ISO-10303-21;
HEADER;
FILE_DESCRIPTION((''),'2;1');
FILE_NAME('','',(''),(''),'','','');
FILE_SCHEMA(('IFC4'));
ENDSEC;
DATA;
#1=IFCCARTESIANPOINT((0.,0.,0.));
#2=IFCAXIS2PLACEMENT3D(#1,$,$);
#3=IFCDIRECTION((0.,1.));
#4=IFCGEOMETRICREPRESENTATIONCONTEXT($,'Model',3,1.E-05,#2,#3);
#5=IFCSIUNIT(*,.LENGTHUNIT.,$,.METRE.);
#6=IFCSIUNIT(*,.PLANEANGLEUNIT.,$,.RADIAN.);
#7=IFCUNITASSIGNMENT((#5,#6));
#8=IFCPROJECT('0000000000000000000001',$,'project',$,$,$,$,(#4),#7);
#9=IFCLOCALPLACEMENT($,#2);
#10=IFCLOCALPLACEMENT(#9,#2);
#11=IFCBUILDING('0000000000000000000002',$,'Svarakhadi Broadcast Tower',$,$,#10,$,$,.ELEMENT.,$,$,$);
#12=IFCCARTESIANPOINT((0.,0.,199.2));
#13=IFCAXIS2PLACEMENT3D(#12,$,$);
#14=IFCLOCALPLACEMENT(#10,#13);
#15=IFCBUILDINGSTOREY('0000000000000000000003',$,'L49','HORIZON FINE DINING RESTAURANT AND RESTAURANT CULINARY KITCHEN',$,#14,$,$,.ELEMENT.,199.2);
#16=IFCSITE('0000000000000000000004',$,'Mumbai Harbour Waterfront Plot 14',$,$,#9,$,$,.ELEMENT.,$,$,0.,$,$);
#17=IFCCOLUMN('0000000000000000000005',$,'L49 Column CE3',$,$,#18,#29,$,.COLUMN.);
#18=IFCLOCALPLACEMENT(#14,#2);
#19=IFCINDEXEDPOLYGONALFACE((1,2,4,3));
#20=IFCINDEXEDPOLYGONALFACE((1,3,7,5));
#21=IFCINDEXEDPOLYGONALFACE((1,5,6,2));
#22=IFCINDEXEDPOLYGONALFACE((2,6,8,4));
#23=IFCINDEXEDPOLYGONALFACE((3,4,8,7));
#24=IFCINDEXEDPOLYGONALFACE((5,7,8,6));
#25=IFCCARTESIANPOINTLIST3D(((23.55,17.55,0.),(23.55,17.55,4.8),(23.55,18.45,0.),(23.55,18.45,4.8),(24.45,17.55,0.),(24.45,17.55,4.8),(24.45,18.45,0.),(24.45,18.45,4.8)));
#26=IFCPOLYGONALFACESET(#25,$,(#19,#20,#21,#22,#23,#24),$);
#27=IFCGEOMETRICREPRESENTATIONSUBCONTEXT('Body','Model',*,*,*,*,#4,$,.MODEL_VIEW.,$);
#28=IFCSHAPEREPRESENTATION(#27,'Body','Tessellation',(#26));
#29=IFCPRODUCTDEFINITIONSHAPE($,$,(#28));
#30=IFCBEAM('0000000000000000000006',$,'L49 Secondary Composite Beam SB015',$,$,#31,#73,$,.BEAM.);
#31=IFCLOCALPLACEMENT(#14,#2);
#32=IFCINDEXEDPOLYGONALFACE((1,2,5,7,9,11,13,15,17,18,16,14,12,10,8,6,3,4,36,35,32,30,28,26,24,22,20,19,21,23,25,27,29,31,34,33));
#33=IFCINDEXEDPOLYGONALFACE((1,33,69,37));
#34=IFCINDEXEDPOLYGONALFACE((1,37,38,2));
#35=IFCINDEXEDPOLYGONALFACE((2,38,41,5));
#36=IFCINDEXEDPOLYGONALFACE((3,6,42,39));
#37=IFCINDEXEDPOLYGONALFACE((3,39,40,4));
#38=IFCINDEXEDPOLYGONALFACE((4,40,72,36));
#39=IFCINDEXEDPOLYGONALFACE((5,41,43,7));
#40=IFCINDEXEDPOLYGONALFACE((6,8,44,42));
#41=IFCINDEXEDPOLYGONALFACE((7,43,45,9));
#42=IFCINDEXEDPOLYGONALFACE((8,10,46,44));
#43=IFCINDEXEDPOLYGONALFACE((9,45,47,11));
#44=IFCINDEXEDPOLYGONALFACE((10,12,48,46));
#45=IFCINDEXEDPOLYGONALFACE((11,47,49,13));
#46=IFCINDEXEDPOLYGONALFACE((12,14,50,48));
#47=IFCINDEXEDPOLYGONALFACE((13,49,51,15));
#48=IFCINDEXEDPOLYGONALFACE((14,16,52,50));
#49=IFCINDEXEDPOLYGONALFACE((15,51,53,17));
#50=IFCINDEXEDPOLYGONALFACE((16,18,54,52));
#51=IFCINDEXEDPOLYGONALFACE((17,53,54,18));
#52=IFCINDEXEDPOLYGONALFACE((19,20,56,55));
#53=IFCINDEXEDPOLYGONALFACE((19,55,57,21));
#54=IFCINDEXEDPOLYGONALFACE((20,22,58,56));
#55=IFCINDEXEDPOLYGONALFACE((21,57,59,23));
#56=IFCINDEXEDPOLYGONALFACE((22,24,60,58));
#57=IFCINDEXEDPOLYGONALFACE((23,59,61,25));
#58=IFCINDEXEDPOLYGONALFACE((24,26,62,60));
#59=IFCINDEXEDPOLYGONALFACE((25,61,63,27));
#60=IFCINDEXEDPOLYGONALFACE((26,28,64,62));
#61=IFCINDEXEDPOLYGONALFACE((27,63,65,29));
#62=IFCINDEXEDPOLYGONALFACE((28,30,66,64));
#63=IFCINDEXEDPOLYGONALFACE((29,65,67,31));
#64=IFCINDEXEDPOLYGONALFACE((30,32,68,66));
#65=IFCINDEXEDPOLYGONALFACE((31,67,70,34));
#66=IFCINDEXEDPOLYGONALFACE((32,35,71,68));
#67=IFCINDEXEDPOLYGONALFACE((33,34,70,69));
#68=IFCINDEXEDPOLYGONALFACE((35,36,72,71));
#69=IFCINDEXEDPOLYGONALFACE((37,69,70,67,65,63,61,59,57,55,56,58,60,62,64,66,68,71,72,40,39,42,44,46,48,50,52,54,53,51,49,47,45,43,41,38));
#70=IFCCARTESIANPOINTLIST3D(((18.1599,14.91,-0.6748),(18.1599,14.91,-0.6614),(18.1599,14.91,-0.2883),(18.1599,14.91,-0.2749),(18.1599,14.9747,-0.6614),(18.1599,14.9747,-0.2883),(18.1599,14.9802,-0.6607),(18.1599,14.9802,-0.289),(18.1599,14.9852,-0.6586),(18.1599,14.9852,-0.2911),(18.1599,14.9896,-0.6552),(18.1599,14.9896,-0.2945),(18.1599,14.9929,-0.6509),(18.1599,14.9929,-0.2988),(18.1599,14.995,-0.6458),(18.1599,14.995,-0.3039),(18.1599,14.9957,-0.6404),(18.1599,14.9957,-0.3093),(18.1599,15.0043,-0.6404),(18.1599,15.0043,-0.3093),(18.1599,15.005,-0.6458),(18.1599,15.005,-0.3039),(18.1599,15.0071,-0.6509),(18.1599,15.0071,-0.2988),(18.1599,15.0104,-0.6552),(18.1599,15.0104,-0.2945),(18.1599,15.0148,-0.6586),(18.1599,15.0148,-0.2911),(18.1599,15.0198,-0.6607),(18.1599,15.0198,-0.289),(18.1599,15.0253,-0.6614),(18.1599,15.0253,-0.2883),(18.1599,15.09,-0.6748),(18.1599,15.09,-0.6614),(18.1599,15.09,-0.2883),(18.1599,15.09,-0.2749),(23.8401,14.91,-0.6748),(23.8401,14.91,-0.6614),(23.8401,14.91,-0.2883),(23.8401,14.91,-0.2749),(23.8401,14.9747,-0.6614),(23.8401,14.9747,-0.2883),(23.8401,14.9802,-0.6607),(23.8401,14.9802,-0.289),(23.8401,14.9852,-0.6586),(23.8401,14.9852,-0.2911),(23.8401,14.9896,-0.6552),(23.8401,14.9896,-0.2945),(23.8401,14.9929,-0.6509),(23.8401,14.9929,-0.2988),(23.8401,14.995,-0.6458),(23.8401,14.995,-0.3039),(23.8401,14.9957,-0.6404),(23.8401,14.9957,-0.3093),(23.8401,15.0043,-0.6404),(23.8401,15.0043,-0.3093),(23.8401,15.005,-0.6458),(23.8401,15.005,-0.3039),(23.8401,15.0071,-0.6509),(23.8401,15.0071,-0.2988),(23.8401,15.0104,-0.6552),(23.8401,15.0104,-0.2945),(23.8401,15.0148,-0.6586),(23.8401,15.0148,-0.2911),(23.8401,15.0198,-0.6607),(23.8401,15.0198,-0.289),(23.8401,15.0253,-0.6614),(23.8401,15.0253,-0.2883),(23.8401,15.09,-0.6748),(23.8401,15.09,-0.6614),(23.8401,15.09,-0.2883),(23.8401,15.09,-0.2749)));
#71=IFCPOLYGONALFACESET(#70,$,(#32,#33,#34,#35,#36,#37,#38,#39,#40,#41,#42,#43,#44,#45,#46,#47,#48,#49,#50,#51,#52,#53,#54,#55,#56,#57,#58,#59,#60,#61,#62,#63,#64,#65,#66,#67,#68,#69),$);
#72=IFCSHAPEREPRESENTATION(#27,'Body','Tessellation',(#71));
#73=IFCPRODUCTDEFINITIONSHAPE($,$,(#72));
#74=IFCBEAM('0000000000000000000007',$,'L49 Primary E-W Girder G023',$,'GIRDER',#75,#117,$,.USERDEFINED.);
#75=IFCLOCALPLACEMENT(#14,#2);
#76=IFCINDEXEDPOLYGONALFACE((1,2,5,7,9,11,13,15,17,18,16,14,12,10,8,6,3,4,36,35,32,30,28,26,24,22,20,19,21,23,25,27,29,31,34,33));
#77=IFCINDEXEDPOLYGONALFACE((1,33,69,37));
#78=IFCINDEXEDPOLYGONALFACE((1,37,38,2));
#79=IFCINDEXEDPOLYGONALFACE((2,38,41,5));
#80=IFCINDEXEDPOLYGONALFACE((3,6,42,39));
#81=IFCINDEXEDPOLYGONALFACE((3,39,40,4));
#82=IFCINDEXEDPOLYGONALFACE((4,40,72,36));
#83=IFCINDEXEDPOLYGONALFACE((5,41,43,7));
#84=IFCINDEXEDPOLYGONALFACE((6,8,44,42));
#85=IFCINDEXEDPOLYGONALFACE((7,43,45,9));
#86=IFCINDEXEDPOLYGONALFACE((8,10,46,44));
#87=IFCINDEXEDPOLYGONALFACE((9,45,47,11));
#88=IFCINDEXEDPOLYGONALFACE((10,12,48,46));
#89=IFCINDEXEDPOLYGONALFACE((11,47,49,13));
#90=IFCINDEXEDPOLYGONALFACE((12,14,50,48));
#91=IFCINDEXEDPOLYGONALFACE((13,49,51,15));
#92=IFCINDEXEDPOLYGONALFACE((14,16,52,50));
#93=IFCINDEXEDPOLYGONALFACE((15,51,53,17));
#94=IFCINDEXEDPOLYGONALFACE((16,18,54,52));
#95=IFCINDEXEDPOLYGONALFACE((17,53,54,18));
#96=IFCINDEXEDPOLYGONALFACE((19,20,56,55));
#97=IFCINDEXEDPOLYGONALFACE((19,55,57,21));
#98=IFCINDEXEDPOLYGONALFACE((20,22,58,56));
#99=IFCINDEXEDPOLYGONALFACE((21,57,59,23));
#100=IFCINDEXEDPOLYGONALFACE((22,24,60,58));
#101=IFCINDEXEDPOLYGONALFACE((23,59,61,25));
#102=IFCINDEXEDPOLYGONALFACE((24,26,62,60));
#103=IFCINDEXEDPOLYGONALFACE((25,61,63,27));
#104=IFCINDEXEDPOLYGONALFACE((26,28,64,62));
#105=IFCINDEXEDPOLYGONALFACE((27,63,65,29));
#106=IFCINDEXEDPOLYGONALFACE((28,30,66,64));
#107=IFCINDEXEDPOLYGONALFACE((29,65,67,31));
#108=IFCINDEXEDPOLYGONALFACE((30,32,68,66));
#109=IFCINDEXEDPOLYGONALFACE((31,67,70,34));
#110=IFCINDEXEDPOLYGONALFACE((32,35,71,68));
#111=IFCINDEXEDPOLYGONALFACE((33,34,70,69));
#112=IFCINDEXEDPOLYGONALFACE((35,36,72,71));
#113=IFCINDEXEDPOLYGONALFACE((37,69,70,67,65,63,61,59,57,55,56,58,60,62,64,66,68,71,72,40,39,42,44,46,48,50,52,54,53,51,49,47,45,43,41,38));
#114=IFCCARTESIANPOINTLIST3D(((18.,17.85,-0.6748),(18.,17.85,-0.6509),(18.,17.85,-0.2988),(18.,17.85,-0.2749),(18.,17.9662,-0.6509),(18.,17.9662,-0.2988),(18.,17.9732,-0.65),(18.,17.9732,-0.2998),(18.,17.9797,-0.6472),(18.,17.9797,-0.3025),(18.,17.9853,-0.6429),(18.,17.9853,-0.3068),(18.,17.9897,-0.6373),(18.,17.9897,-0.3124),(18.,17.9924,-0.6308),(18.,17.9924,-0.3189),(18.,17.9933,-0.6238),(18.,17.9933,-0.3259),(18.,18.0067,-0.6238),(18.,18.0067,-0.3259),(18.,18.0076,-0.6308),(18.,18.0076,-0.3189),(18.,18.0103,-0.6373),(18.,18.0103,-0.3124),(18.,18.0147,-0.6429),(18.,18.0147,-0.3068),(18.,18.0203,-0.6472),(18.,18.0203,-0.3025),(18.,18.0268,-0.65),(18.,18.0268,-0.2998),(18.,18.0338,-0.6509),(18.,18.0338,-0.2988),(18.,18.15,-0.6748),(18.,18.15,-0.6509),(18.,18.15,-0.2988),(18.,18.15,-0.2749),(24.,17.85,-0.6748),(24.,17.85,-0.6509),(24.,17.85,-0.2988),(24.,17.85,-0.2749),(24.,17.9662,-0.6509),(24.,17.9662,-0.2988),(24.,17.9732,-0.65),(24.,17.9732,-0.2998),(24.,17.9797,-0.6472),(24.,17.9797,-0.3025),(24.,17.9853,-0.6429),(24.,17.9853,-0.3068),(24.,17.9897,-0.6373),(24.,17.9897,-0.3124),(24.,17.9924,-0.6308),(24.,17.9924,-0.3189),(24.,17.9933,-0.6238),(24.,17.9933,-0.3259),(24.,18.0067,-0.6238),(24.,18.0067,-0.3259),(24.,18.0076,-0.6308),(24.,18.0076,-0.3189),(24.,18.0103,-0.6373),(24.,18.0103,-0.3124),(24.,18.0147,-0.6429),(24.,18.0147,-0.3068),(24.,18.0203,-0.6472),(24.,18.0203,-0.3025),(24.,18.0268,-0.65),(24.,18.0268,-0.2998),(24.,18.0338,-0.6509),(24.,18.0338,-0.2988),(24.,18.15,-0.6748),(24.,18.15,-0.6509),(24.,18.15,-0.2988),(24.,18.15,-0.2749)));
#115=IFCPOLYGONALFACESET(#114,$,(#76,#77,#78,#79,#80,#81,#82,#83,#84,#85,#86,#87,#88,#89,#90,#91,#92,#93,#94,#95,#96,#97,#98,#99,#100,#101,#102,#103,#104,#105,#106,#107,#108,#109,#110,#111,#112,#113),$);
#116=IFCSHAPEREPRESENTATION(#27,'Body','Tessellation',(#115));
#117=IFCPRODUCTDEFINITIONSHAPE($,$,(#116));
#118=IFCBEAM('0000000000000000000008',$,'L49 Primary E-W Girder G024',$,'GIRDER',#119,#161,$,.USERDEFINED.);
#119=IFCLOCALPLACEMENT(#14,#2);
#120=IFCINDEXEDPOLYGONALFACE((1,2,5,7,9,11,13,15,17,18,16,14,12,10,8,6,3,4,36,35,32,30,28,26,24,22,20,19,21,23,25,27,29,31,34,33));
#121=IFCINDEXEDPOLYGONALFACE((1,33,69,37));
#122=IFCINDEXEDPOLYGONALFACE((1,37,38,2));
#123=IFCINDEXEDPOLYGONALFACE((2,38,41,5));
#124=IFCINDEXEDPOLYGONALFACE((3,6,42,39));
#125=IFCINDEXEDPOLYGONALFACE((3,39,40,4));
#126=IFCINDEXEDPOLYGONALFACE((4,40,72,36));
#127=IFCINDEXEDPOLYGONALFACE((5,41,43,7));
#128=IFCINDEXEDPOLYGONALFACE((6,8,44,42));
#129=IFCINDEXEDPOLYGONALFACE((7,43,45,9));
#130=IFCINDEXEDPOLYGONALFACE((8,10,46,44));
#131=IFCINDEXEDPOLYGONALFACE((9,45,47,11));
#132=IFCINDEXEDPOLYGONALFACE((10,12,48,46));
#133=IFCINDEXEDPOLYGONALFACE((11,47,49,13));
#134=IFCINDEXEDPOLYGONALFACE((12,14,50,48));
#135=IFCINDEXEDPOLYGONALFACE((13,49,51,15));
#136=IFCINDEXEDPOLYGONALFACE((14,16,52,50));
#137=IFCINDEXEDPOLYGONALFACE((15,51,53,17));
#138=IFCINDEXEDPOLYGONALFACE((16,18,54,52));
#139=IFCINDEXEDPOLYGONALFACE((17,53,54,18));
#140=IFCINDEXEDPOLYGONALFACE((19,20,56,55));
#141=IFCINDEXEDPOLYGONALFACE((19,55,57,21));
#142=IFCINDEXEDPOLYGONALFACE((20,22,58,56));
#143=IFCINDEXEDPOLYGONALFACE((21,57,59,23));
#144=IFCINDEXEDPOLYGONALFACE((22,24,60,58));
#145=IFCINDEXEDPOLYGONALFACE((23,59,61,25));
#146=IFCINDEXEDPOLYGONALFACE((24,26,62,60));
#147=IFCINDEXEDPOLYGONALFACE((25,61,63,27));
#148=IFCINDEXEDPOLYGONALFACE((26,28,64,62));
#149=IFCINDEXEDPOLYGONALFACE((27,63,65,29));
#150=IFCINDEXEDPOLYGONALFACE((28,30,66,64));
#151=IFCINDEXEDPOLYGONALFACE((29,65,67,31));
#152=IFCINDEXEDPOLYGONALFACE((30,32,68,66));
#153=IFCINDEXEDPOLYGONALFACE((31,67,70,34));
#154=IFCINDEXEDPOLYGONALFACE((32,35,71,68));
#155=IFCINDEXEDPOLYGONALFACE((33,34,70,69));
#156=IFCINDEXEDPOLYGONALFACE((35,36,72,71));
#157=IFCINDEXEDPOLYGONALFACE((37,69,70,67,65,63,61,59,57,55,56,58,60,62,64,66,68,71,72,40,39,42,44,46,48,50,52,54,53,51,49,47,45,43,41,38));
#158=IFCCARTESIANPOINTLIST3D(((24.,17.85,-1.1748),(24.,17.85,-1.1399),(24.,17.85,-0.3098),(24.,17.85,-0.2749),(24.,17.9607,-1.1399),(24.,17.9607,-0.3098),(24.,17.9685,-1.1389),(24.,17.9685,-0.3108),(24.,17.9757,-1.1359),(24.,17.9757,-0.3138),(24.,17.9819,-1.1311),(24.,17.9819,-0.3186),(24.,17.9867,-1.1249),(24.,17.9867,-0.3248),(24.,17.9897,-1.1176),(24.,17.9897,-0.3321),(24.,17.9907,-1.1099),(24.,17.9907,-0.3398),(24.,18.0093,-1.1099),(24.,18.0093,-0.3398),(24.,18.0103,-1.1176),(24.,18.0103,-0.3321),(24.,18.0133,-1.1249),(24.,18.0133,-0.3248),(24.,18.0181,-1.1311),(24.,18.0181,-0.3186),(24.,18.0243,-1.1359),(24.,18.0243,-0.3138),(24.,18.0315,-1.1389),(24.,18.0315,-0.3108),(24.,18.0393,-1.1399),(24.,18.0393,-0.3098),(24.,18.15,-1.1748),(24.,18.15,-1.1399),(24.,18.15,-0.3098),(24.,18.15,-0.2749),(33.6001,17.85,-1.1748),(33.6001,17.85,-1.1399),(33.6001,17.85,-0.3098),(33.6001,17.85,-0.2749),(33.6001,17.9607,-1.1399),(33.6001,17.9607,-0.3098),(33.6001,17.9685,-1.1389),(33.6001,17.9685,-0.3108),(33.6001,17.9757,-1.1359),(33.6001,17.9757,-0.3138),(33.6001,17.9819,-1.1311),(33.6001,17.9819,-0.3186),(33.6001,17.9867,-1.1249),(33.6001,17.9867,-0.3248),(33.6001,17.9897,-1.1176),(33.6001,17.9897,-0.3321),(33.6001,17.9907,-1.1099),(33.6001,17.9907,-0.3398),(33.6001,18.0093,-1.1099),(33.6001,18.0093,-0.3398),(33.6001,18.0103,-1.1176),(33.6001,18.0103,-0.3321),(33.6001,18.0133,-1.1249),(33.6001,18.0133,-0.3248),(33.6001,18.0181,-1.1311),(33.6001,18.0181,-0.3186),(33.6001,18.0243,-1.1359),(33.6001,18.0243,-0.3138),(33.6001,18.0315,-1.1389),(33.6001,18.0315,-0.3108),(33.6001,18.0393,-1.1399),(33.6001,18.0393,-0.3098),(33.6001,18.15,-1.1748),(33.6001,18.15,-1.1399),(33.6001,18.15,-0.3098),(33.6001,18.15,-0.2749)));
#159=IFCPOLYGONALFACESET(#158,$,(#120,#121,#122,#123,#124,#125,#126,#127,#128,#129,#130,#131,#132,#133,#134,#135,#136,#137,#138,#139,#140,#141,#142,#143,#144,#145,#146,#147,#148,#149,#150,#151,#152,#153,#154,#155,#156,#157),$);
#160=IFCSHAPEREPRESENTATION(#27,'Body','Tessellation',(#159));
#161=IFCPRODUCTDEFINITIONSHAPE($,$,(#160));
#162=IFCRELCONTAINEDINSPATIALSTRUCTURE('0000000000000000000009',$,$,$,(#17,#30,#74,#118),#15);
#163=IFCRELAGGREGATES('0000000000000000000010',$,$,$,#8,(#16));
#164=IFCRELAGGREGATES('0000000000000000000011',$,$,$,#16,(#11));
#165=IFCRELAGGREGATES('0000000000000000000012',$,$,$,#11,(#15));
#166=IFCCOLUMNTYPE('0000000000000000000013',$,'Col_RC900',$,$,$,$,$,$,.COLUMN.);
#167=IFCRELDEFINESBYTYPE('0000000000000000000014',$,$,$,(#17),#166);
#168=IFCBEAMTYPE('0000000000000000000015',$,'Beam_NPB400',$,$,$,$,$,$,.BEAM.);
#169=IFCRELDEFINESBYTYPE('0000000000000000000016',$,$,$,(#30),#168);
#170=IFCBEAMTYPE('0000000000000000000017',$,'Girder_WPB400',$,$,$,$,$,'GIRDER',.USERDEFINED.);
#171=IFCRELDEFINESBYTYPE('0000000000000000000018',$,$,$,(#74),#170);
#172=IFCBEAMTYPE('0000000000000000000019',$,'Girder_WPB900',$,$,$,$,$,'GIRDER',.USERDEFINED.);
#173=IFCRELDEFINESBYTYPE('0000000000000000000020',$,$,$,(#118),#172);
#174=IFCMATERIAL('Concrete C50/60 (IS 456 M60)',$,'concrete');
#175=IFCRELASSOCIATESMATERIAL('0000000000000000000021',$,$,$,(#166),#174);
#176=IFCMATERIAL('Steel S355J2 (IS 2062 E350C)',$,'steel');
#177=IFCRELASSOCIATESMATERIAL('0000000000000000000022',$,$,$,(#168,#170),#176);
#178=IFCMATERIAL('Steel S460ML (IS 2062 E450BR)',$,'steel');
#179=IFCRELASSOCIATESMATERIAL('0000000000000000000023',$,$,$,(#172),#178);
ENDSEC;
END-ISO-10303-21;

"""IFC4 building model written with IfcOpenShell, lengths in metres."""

from ifc_helpers import new_model, si_unit, direction, frame, origin, origin_2d, place, context, subcontext, project, spatial, rectangle, i_section, extrude, material, material_profile, profile_set, type_object, element, save


model = new_model("IFC4")

# Units and contexts
model_context = context("Model", 3, precision=1e-05, world=origin(), true_north=direction((0.0, 1.0)))
body_context = subcontext(model_context, "Body", "Model", "MODEL_VIEW")
ifc_project = project(units=[si_unit("LENGTHUNIT", "METRE"), si_unit("PLANEANGLEUNIT", "RADIAN")], contexts=[model_context])

# Site, building, storey
site_placement = place(None, origin())
site = spatial("IfcSite", under=ifc_project, at=site_placement, Name="Mumbai Harbour Waterfront Plot 14", CompositionType="ELEMENT", RefElevation=0.0)
building_placement = place(site_placement, origin())
building = spatial("IfcBuilding", under=site, at=building_placement, Name="Svarakhadi Broadcast Tower", CompositionType="ELEMENT")
storey_placement = place(building_placement, frame((0.0, 0.0, 199.2)))
storey = spatial("IfcBuildingStorey", under=building, at=storey_placement, Name="L49", Description="HORIZON FINE DINING RESTAURANT AND RESTAURANT CULINARY KITCHEN", CompositionType="ELEMENT", Elevation=199.2)

# Column
ifc_material_1 = material(Name="Concrete C50/60 (IS 456 M60)", Category="concrete")
ifc_material_profile_1 = material_profile(ifc_material_1, rectangle(XDim=0.8999, YDim=0.8999, at=origin_2d()), Name="RC 900x900")
ifc_profile_set_1 = profile_set([ifc_material_profile_1], Name="Concrete C50/60 (IS 456 M60)")
column_type = type_object("IfcColumnType", Name="Col_RC900", PredefinedType="COLUMN", material=ifc_profile_set_1)
column_placement = place(storey_placement, frame((24.0, 18.0, 0.0), z_axis=(0.0, 0.0, 1.0), x_axis=(1.0, 0.0, 0.0)))
element("IfcColumn", 1, at=column_placement, inside=storey, type_object=column_type, Name="L49 Column CE3", PredefinedType="COLUMN", context=body_context, shape_type="SweptSolid", body=[
    extrude(rectangle(XDim=0.8999, YDim=0.8999, at=origin_2d()), origin(), (0.0, 0.0, 1.0), 4.8),
])

# Beams
ifc_material_2 = material(Name="Steel S355J2 (IS 2062 E350C)", Category="steel")
ifc_material_profile_2 = material_profile(ifc_material_2, i_section(OverallWidth=0.1799, OverallDepth=0.3999, WebThickness=0.0085, FlangeThickness=0.0134, FilletRadius=0.021, at=origin_2d()), Name="NPB 400x180x66")
ifc_profile_set_2 = profile_set([ifc_material_profile_2], Name="Steel S355J2 (IS 2062 E350C)")
beam_type_1 = type_object("IfcBeamType", Name="Beam_NPB400", PredefinedType="BEAM", material=ifc_profile_set_2)
beam_1_placement = place(storey_placement, frame((18.1599, 15.0, -0.4749), z_axis=(1.0, 0.0, 0.0), x_axis=(0.0, 1.0, 0.0)))
element("IfcBeam", 2, at=beam_1_placement, inside=storey, type_object=beam_type_1, Name="L49 Secondary Composite Beam SB015", PredefinedType="BEAM", context=body_context, shape_type="SweptSolid", body=[
    extrude(i_section(OverallWidth=0.1799, OverallDepth=0.3999, WebThickness=0.0085, FlangeThickness=0.0134, FilletRadius=0.021, at=origin_2d()), origin(), (0.0, 0.0, 1.0), 5.6802),
])
ifc_material_profile_3 = material_profile(ifc_material_2, i_section(OverallWidth=0.3, OverallDepth=0.3999, WebThickness=0.0134, FlangeThickness=0.0239, FilletRadius=0.0271, at=origin_2d()), Name="WPB 400x300x155")
ifc_profile_set_3 = profile_set([ifc_material_profile_3], Name="Steel S355J2 (IS 2062 E350C)")
beam_type_2 = type_object("IfcBeamType", Name="Girder_WPB400", ElementType="GIRDER", PredefinedType="USERDEFINED", material=ifc_profile_set_3)
beam_2_placement = place(storey_placement, frame((18.0, 18.0, -0.4749), z_axis=(1.0, 0.0, 0.0), x_axis=(0.0, 1.0, 0.0)))
element("IfcBeam", 3, at=beam_2_placement, inside=storey, type_object=beam_type_2, Name="L49 Primary E-W Girder G023", ObjectType="GIRDER", PredefinedType="USERDEFINED", context=body_context, shape_type="SweptSolid", body=[
    extrude(i_section(OverallWidth=0.3, OverallDepth=0.3999, WebThickness=0.0134, FlangeThickness=0.0239, FilletRadius=0.0271, at=origin_2d()), origin(), (0.0, 0.0, 1.0), 6.0),
])
ifc_material_3 = material(Name="Steel S460ML (IS 2062 E450BR)", Category="steel")
ifc_material_profile_4 = material_profile(ifc_material_3, i_section(OverallWidth=0.3, OverallDepth=0.8999, WebThickness=0.0186, FlangeThickness=0.0349, FilletRadius=0.03, at=origin_2d()), Name="WPB 900x300x291")
ifc_profile_set_4 = profile_set([ifc_material_profile_4], Name="Steel S460ML (IS 2062 E450BR)")
beam_type_3 = type_object("IfcBeamType", Name="Girder_WPB900", ElementType="GIRDER", PredefinedType="USERDEFINED", material=ifc_profile_set_4)
for number, where, z_axis, x_axis, name in (
    (4, (24.0, 18.0, -0.7249), (1.0, 0.0, 0.0), (0.0, 1.0, 0.0), "L49 Primary E-W Girder G024"),
):
    element("IfcBeam", number, at=place(storey_placement, frame(where, z_axis=z_axis, x_axis=x_axis)), inside=storey, type_object=beam_type_3, Name=name, ObjectType="GIRDER", PredefinedType="USERDEFINED", context=body_context, shape_type="SweptSolid", body=[
        extrude(i_section(OverallWidth=0.3, OverallDepth=0.8999, WebThickness=0.0186, FlangeThickness=0.0349, FilletRadius=0.03, at=origin_2d()), origin(), (0.0, 0.0, 1.0), 9.6001),
    ])

save(model, "model.ifc")
